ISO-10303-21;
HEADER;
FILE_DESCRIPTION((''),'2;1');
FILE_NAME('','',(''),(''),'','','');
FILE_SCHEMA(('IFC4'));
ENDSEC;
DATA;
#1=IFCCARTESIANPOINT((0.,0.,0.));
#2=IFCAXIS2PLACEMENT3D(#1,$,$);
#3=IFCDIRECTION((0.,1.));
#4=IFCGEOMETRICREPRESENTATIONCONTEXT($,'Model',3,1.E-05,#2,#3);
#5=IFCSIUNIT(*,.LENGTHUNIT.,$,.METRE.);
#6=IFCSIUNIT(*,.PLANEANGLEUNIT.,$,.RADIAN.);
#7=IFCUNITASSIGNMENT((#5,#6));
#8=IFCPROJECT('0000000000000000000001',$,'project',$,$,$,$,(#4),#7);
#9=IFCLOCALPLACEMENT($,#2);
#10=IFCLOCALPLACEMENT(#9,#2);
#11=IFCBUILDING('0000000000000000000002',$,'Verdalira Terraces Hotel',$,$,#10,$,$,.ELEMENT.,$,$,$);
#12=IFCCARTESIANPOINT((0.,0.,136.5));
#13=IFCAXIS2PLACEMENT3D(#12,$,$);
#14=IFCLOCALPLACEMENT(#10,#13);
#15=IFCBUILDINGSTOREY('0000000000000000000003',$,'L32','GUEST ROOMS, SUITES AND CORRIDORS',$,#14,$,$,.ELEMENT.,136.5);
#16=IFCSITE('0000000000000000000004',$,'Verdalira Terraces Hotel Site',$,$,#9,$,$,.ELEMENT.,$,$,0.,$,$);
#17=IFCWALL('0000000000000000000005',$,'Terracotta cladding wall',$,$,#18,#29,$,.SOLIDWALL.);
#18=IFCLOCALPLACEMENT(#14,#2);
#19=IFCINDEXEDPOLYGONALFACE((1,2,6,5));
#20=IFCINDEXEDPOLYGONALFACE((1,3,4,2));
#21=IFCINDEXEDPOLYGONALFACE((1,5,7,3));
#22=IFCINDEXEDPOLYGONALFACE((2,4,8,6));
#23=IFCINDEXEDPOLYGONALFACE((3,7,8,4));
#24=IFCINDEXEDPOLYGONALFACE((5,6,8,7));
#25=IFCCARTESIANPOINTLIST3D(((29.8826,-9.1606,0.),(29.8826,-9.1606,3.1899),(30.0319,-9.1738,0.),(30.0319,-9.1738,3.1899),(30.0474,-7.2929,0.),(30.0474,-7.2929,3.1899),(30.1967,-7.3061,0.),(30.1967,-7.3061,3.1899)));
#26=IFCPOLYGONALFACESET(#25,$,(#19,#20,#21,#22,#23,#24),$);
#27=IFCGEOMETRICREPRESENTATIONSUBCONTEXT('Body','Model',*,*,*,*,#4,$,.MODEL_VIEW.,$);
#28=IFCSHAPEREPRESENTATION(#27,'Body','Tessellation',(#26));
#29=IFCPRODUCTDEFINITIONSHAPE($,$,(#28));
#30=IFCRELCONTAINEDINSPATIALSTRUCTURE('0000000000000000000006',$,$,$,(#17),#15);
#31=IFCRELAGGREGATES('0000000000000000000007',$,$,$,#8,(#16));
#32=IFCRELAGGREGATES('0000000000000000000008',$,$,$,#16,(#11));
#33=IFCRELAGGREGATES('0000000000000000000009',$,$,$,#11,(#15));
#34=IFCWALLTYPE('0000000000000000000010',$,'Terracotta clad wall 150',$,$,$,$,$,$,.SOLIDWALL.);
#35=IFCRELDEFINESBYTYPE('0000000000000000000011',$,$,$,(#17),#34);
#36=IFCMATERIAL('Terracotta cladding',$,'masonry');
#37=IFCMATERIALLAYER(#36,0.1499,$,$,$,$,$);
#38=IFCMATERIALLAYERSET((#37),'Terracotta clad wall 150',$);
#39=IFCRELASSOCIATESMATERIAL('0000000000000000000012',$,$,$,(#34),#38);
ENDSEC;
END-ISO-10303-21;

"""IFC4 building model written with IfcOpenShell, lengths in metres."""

from ifc_helpers import new_model, si_unit, direction, frame, frame_2d, origin, place, context, subcontext, project, spatial, rectangle, extrude, material, layer, layer_set, type_object, element, save


model = new_model("IFC4")

# Units and contexts
model_context = context("Model", 3, precision=1e-05, world=origin(), true_north=direction((0.0, 1.0)))
body_context = subcontext(model_context, "Body", "Model", "MODEL_VIEW")
ifc_project = project(units=[si_unit("LENGTHUNIT", "METRE"), si_unit("PLANEANGLEUNIT", "RADIAN")], contexts=[model_context])

# Site, building, storey
site_placement = place(None, origin())
site = spatial("IfcSite", under=ifc_project, at=site_placement, Name="Verdalira Terraces Hotel Site", CompositionType="ELEMENT", RefElevation=0.0)
building_placement = place(site_placement, origin())
building = spatial("IfcBuilding", under=site, at=building_placement, Name="Verdalira Terraces Hotel", CompositionType="ELEMENT")
storey_placement = place(building_placement, frame((0.0, 0.0, 136.5)))
storey = spatial("IfcBuildingStorey", under=building, at=storey_placement, Name="L32", Description="GUEST ROOMS, SUITES AND CORRIDORS", CompositionType="ELEMENT", Elevation=136.5)

# Wall
ifc_material_1 = material(Name="Terracotta cladding", Category="masonry")
ifc_layer_1 = layer(ifc_material_1, 0.1499)
ifc_layer_set_1 = layer_set([ifc_layer_1], Name="Terracotta clad wall 150")
wall_type_1 = type_object("IfcWallType", Name="Terracotta clad wall 150", PredefinedType="SOLIDWALL", material=ifc_layer_set_1)
wall_1_placement = place(storey_placement, frame((29.9573, -9.1672, 0.0), z_axis=(0.0, 0.0, 1.0), x_axis=(0.087894, 0.99613, 0.0)))
element("IfcWall", 1, at=wall_1_placement, inside=storey, type_object=wall_type_1, Name="Terracotta cladding wall", PredefinedType="SOLIDWALL", context=body_context, shape_type="SweptSolid", body=[
    extrude(rectangle(XDim=1.875, YDim=0.1499, at=frame_2d((0.9375, 0.0))), origin(), (0.0, 0.0, 1.0), 3.1899),
])

save(model, "model.ifc")
